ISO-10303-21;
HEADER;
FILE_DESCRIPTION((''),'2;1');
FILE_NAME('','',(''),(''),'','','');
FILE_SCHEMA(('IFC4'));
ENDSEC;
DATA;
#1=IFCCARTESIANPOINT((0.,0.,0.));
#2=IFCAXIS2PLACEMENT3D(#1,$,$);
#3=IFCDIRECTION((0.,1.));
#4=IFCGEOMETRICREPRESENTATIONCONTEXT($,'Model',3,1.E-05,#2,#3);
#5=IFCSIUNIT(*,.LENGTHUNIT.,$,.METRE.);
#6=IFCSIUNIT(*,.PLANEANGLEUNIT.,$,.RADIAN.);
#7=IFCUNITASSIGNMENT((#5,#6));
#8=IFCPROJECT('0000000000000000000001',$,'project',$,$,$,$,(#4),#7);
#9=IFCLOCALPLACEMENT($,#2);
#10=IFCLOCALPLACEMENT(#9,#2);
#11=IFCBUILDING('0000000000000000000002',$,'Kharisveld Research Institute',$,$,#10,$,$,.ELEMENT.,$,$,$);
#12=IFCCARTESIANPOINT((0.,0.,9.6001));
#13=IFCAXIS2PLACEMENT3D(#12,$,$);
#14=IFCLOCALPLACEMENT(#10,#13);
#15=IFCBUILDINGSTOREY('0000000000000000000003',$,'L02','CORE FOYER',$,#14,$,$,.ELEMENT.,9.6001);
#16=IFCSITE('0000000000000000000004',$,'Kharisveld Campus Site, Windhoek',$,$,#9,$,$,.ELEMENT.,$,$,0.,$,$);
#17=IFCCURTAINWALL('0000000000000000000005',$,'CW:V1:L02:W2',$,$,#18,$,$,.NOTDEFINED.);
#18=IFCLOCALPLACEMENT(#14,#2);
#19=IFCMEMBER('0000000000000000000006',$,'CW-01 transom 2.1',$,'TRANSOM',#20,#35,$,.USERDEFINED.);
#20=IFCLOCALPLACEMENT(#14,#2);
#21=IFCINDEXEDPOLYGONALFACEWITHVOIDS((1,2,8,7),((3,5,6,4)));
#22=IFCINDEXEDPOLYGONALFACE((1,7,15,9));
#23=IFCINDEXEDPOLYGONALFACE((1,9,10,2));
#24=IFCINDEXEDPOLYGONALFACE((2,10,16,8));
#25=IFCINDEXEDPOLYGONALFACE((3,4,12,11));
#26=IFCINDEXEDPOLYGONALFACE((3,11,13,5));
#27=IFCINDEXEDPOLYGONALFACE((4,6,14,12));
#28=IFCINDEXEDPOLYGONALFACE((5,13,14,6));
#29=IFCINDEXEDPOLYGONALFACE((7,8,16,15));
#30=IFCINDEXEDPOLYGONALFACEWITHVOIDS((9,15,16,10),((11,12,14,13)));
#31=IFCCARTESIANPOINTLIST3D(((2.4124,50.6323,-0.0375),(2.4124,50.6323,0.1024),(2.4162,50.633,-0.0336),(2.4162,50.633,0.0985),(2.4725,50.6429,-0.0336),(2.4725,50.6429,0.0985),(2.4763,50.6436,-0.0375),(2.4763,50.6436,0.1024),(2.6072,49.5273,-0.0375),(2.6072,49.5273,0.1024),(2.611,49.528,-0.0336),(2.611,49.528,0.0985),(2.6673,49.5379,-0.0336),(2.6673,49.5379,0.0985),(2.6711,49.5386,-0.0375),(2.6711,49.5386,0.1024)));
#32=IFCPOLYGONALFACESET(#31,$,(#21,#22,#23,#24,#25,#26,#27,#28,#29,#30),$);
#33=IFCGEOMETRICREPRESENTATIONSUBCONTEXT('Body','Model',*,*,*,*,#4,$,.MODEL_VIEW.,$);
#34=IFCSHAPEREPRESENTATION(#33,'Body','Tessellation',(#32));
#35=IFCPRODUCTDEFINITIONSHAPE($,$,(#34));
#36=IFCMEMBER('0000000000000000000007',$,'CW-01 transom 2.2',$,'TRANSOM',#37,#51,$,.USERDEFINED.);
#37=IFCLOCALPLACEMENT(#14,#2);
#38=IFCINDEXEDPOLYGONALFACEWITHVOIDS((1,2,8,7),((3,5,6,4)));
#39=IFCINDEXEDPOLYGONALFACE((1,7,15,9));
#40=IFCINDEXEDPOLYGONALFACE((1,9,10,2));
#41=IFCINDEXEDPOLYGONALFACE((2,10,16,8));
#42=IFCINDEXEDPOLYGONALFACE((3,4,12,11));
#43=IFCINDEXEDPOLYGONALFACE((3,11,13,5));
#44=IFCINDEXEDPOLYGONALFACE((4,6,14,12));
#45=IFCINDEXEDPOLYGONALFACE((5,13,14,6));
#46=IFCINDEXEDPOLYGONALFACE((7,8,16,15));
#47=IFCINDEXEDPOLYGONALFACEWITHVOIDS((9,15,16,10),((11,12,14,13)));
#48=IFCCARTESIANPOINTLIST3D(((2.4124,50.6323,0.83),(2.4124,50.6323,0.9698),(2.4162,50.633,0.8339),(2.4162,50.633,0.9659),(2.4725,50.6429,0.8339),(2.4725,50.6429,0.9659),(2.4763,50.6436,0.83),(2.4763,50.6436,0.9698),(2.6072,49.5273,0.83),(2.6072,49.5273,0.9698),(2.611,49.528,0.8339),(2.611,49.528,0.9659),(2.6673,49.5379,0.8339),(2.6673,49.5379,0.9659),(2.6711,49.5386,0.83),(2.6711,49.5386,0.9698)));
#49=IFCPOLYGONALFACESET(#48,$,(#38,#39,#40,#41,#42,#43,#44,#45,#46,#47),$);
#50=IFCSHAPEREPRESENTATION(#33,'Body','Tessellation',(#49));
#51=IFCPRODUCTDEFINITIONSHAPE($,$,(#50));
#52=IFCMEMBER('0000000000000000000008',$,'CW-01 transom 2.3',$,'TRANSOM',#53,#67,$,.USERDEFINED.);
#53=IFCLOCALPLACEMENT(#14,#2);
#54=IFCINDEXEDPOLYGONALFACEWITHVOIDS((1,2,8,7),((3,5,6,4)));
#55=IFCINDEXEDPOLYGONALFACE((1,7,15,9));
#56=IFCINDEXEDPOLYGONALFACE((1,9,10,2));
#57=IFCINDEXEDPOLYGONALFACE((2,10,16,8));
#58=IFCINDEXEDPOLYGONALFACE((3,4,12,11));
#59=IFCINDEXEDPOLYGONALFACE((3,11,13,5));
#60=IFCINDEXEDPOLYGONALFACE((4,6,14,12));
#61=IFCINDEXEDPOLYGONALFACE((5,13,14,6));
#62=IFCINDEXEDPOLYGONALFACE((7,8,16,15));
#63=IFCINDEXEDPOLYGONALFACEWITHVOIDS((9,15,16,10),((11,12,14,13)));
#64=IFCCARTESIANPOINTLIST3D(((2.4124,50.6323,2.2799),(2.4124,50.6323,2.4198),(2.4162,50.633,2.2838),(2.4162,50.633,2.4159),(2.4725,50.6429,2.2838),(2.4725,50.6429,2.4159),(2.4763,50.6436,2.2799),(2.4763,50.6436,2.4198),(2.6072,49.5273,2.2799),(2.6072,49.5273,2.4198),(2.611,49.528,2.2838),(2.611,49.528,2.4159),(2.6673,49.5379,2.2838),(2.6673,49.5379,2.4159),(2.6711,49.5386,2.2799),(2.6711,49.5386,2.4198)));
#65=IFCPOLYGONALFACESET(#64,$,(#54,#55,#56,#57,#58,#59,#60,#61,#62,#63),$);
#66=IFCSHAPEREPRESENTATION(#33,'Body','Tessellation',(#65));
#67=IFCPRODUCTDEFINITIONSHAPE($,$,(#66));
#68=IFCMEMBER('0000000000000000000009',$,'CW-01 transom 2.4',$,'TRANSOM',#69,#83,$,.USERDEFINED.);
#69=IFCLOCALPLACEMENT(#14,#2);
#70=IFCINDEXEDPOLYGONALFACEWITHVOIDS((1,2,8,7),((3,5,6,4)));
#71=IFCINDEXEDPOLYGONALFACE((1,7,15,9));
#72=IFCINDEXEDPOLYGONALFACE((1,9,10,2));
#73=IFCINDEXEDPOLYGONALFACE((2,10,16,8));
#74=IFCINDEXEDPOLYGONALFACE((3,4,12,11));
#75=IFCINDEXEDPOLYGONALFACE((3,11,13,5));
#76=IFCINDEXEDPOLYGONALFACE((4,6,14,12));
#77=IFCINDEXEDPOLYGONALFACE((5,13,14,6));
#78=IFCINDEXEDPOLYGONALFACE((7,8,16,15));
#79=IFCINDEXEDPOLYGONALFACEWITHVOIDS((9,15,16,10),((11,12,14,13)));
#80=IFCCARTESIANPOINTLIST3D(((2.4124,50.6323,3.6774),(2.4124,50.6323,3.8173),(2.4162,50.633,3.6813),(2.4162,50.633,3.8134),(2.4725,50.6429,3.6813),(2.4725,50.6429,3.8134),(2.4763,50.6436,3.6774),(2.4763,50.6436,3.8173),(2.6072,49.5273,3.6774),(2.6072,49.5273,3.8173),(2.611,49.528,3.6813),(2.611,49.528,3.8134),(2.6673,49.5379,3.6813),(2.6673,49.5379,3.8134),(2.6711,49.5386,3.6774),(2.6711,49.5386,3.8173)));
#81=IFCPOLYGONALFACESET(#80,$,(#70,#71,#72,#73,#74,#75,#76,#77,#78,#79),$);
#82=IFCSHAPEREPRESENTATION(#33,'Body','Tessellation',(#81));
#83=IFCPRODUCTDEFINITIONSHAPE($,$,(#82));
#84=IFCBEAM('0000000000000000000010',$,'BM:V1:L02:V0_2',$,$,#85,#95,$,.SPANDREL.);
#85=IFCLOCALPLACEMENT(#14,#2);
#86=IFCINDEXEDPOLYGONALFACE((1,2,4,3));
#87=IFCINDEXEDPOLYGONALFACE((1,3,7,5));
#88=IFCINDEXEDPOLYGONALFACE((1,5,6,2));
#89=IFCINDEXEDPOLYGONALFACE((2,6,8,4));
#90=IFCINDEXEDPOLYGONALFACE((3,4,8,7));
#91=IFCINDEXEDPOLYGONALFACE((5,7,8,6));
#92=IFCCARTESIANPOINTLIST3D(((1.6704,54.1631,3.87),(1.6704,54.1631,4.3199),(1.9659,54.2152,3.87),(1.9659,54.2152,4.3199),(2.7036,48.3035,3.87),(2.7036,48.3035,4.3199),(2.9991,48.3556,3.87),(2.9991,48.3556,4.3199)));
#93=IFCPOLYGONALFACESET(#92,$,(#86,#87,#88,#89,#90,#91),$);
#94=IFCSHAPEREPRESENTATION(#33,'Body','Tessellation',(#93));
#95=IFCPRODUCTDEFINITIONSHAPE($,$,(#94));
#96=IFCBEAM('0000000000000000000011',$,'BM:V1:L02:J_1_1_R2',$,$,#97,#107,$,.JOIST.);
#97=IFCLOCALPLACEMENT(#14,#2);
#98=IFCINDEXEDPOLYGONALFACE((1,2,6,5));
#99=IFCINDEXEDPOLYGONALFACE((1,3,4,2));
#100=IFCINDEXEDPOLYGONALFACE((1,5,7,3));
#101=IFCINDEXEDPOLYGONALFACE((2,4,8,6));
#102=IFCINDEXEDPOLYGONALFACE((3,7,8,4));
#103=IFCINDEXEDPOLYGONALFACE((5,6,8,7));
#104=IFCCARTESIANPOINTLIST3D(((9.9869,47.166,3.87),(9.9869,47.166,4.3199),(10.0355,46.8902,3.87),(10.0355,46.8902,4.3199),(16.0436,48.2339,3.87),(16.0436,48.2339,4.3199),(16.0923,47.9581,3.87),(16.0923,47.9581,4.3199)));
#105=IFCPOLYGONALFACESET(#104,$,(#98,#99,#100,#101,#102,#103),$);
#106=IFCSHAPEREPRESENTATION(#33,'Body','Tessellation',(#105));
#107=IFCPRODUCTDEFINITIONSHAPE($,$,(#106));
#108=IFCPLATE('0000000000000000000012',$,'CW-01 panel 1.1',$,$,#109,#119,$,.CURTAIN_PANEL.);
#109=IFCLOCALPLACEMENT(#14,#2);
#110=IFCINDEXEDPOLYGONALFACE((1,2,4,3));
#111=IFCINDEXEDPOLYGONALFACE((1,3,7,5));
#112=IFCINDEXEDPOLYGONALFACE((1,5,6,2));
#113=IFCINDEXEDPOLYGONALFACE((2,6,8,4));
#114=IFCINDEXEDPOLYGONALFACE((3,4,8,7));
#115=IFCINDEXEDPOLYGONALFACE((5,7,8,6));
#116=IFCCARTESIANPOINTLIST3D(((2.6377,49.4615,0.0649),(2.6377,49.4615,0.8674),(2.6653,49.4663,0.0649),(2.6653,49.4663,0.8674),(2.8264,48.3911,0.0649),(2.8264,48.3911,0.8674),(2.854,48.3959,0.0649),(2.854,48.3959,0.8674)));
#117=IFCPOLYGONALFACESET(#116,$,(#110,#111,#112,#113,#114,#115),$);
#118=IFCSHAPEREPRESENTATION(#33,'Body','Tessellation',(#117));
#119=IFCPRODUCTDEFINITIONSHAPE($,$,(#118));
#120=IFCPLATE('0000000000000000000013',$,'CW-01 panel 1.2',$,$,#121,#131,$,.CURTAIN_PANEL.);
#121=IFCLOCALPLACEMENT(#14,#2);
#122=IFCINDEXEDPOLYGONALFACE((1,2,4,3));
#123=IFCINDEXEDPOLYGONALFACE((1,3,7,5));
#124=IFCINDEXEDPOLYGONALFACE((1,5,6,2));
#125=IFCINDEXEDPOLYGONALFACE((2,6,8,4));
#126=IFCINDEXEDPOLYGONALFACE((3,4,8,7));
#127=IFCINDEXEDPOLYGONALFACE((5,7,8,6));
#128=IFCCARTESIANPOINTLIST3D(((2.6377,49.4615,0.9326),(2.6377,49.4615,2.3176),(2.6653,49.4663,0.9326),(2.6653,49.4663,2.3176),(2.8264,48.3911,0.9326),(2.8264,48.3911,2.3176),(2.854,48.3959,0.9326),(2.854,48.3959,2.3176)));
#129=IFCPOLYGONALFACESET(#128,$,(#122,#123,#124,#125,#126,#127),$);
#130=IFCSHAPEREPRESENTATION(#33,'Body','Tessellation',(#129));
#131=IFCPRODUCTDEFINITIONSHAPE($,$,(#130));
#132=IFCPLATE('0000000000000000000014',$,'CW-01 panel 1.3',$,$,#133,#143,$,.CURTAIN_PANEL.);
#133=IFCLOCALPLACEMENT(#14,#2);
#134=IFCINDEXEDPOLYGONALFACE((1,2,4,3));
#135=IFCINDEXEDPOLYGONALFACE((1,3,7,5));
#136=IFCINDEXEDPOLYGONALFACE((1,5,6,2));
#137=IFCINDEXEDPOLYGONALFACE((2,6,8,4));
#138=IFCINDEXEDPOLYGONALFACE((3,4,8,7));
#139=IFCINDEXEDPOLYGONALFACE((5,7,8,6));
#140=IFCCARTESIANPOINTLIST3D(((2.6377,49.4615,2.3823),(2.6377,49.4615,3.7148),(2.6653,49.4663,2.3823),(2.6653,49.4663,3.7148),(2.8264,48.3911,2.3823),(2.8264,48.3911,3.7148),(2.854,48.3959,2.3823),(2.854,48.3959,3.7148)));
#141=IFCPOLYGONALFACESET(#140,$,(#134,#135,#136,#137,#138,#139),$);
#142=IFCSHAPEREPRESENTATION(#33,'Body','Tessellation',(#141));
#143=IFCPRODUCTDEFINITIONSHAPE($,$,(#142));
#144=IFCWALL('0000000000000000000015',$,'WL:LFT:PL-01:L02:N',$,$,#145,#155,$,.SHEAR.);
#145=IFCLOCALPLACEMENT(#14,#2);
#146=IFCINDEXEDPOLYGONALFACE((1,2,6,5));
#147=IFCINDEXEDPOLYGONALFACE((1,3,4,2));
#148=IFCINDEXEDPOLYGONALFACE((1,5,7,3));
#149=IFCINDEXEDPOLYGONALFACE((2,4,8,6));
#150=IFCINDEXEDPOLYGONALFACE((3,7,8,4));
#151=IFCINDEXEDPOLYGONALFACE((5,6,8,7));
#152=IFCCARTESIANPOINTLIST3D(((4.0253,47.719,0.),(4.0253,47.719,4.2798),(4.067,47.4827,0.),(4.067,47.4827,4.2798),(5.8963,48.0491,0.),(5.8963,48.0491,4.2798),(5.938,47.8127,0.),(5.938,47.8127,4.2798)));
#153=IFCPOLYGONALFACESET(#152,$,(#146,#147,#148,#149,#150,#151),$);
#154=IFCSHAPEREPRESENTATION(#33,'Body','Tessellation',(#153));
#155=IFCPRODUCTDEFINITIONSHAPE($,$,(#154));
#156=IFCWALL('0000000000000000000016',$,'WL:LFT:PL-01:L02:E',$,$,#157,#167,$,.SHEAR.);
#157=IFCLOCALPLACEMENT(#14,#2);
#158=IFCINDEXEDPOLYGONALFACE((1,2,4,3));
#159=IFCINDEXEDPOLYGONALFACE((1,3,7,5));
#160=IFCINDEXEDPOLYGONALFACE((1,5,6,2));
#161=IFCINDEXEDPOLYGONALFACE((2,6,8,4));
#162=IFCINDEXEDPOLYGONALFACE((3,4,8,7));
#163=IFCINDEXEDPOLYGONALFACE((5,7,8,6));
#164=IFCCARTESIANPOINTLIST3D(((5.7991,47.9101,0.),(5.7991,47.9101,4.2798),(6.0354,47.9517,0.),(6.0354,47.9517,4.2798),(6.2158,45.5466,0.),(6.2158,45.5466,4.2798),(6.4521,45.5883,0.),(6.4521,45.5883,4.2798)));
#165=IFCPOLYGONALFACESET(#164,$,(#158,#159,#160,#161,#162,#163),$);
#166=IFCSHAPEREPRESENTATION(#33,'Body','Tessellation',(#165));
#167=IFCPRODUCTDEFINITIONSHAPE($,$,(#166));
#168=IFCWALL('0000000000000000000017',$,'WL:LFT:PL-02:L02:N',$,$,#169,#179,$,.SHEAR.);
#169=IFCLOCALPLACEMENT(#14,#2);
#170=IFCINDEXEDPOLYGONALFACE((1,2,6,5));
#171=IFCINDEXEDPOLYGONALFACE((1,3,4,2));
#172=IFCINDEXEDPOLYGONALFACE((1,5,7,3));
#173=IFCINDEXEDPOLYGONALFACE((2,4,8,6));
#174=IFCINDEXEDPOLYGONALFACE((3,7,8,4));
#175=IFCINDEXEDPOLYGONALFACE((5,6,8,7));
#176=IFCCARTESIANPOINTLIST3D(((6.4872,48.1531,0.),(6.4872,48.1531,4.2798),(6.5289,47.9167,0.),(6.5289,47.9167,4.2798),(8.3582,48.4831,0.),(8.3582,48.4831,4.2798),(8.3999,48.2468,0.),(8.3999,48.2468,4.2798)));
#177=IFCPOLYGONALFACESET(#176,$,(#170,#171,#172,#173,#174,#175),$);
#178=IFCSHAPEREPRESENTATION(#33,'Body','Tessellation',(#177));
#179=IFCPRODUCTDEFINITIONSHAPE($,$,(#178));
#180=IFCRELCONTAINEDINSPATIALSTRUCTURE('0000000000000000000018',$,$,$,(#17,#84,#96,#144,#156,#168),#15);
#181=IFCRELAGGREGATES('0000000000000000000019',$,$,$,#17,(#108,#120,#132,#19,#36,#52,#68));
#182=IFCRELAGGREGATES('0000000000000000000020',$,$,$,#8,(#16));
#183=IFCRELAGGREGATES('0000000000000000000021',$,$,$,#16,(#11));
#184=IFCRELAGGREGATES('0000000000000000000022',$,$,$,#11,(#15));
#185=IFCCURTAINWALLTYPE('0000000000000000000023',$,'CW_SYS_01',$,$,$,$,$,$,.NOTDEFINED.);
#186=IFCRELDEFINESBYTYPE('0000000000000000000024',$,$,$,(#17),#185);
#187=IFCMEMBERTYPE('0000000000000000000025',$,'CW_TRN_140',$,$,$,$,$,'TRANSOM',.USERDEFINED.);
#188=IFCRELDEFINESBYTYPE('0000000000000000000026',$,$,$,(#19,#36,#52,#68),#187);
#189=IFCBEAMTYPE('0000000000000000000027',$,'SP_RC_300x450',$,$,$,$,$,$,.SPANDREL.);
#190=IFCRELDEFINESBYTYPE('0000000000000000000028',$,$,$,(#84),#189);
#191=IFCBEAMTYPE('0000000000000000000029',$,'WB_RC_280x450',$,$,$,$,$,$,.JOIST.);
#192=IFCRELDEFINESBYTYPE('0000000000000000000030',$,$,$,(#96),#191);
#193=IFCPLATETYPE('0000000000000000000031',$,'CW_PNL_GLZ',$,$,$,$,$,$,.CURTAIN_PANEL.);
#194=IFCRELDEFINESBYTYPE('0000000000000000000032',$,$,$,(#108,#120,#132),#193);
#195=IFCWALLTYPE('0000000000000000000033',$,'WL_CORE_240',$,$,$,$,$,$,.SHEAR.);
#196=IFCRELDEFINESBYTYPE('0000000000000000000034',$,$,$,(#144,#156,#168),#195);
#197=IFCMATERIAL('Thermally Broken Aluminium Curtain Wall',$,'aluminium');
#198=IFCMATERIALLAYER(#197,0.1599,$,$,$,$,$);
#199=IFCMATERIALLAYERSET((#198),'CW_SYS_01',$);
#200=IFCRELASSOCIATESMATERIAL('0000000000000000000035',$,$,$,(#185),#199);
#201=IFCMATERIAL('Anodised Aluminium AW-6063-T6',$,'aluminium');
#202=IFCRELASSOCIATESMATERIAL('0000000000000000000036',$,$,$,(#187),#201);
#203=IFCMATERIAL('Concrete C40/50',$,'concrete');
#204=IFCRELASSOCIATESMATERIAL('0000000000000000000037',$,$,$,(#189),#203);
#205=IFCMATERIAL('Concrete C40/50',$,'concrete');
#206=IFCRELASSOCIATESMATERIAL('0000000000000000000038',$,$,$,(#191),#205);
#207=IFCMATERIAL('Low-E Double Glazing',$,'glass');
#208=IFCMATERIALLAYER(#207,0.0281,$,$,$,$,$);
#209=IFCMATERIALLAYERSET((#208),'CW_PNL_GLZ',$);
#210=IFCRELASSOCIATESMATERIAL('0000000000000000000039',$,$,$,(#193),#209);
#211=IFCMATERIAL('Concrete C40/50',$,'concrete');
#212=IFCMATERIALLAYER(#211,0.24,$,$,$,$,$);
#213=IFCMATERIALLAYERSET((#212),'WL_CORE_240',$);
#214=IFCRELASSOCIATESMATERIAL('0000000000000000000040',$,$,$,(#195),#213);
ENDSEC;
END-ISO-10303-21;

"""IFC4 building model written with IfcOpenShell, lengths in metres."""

from ifc_helpers import new_model, si_unit, direction, frame, frame_2d, origin, origin_2d, place, context, subcontext, project, spatial, rectangle, hollow_rectangle, extrude, material, layer, layer_set, material_profile, profile_set, type_object, element, aggregate, save


model = new_model("IFC4")

# Units and contexts
model_context = context("Model", 3, precision=1e-05, world=origin(), true_north=direction((0.0, 1.0)))
body_context = subcontext(model_context, "Body", "Model", "MODEL_VIEW")
ifc_project = project(units=[si_unit("LENGTHUNIT", "METRE"), si_unit("PLANEANGLEUNIT", "RADIAN")], contexts=[model_context])

# Site, building, storey
site_placement = place(None, origin())
site = spatial("IfcSite", under=ifc_project, at=site_placement, Name="Kharisveld Campus Site, Windhoek", CompositionType="ELEMENT", RefElevation=0.0)
building_placement = place(site_placement, origin())
building = spatial("IfcBuilding", under=site, at=building_placement, Name="Kharisveld Research Institute", CompositionType="ELEMENT")
storey_placement = place(building_placement, frame((0.0, 0.0, 9.6001)))
storey = spatial("IfcBuildingStorey", under=building, at=storey_placement, Name="L02", Description="CORE FOYER", CompositionType="ELEMENT", Elevation=9.6001)

# Curtain wall, members
ifc_material_1 = material(Name="Thermally Broken Aluminium Curtain Wall", Category="aluminium")
ifc_layer_1 = layer(ifc_material_1, 0.1599)
ifc_layer_set_1 = layer_set([ifc_layer_1], Name="CW_SYS_01")
curtain_wall_type = type_object("IfcCurtainWallType", Name="CW_SYS_01", PredefinedType="NOTDEFINED", material=ifc_layer_set_1)
curtain_wall_placement = place(storey_placement, origin())
curtain_wall = element("IfcCurtainWall", 1, at=curtain_wall_placement, inside=storey, type_object=curtain_wall_type, Name="CW:V1:L02:W2", PredefinedType="NOTDEFINED")
ifc_material_2 = material(Name="Anodised Aluminium AW-6063-T6", Category="aluminium")
ifc_material_profile_1 = material_profile(ifc_material_2, hollow_rectangle(XDim=0.0649, YDim=0.1399, WallThickness=0.0039, at=origin_2d()))
ifc_profile_set_1 = profile_set([ifc_material_profile_1], Name="Anodised Aluminium AW-6063-T6")
member_type_1 = type_object("IfcMemberType", Name="CW_TRN_140", ElementType="TRANSOM", PredefinedType="USERDEFINED", material=ifc_profile_set_1)
member_1_placement = place(storey_placement, frame((2.6392, 49.533, 0.0325), z_axis=(-0.173636, 0.98481, 0.0), x_axis=(-0.98481, -0.173636, 0.0)))
member_1 = element("IfcMember", 2, at=member_1_placement, type_object=member_type_1, Name="CW-01 transom 2.1", ObjectType="TRANSOM", PredefinedType="USERDEFINED", context=body_context, shape_type="SweptSolid", body=[
    extrude(hollow_rectangle(XDim=0.0649, YDim=0.1399, WallThickness=0.0039, at=origin_2d()), origin(), (0.0, 0.0, 1.0), 1.1221),
])
member_2_placement = place(storey_placement, frame((2.6392, 49.533, 0.8999), z_axis=(-0.173636, 0.98481, 0.0), x_axis=(-0.98481, -0.173636, 0.0)))
member_2 = element("IfcMember", 3, at=member_2_placement, type_object=member_type_1, Name="CW-01 transom 2.2", ObjectType="TRANSOM", PredefinedType="USERDEFINED", context=body_context, shape_type="SweptSolid", body=[
    extrude(hollow_rectangle(XDim=0.0649, YDim=0.1399, WallThickness=0.0039, at=origin_2d()), origin(), (0.0, 0.0, 1.0), 1.1221),
])
member_3_placement = place(storey_placement, frame((2.6392, 49.533, 2.3499), z_axis=(-0.173636, 0.98481, 0.0), x_axis=(-0.98481, -0.173636, 0.0)))
member_3 = element("IfcMember", 4, at=member_3_placement, type_object=member_type_1, Name="CW-01 transom 2.3", ObjectType="TRANSOM", PredefinedType="USERDEFINED", context=body_context, shape_type="SweptSolid", body=[
    extrude(hollow_rectangle(XDim=0.0649, YDim=0.1399, WallThickness=0.0039, at=origin_2d()), origin(), (0.0, 0.0, 1.0), 1.1221),
])
member_4_placement = place(storey_placement, frame((2.6392, 49.533, 3.7473), z_axis=(-0.173636, 0.98481, 0.0), x_axis=(-0.98481, -0.173636, 0.0)))
member_4 = element("IfcMember", 5, at=member_4_placement, type_object=member_type_1, Name="CW-01 transom 2.4", ObjectType="TRANSOM", PredefinedType="USERDEFINED", context=body_context, shape_type="SweptSolid", body=[
    extrude(hollow_rectangle(XDim=0.0649, YDim=0.1399, WallThickness=0.0039, at=origin_2d()), origin(), (0.0, 0.0, 1.0), 1.1221),
])

# Beams
ifc_material_3 = material(Name="Concrete C40/50", Category="concrete")
ifc_material_profile_2 = material_profile(ifc_material_3, rectangle(XDim=0.3, YDim=0.45, at=origin_2d()))
ifc_profile_set_2 = profile_set([ifc_material_profile_2], Name="Concrete C40/50")
beam_type_1 = type_object("IfcBeamType", Name="SP_RC_300x450", PredefinedType="SPANDREL", material=ifc_profile_set_2)
beam_1_placement = place(storey_placement, frame((2.8513, 48.3296, 4.095), z_axis=(-0.173647, 0.984808, 0.0), x_axis=(-0.984808, -0.173647, 0.0)))
element("IfcBeam", 6, at=beam_1_placement, inside=storey, type_object=beam_type_1, Name="BM:V1:L02:V0_2", PredefinedType="SPANDREL", context=body_context, shape_type="SweptSolid", body=[
    extrude(rectangle(XDim=0.3, YDim=0.45, at=origin_2d()), origin(), (0.0, 0.0, 1.0), 5.95),
])
ifc_material_4 = material(Name="Concrete C40/50", Category="concrete")
ifc_material_profile_3 = material_profile(ifc_material_4, rectangle(XDim=0.28, YDim=0.45, at=origin_2d()))
ifc_profile_set_3 = profile_set([ifc_material_profile_3], Name="Concrete C40/50")
beam_type_2 = type_object("IfcBeamType", Name="WB_RC_280x450", PredefinedType="JOIST", material=ifc_profile_set_3)
beam_2_placement = place(storey_placement, frame((10.0112, 47.0281, 4.095), z_axis=(0.98481, 0.173636, 0.0), x_axis=(-0.173636, 0.98481, 0.0)))
element("IfcBeam", 7, at=beam_2_placement, inside=storey, type_object=beam_type_2, Name="BM:V1:L02:J_1_1_R2", PredefinedType="JOIST", context=body_context, shape_type="SweptSolid", body=[
    extrude(rectangle(XDim=0.28, YDim=0.45, at=origin_2d()), origin(), (0.0, 0.0, 1.0), 6.1501),
])

# Plates
ifc_material_5 = material(Name="Low-E Double Glazing", Category="glass")
ifc_layer_2 = layer(ifc_material_5, 0.0281)
ifc_layer_set_2 = layer_set([ifc_layer_2], Name="CW_PNL_GLZ")
plate_type = type_object("IfcPlateType", Name="CW_PNL_GLZ", PredefinedType="CURTAIN_PANEL", material=ifc_layer_set_2)
plate_1_placement = place(storey_placement, frame((2.7458, 48.9287, 0.0649), z_axis=(0.0, 0.0, 1.0), x_axis=(-0.173648, 0.984808, 0.0)))
plate_1 = element("IfcPlate", 8, at=plate_1_placement, type_object=plate_type, Name="CW-01 panel 1.1", PredefinedType="CURTAIN_PANEL", context=body_context, shape_type="SweptSolid", body=[
    extrude(rectangle(XDim=1.0869, YDim=0.0281, at=origin_2d()), origin(), (0.0, 0.0, 1.0), 0.8025),
])
plate_2_placement = place(storey_placement, frame((2.7458, 48.9287, 0.9326), z_axis=(0.0, 0.0, 1.0), x_axis=(-0.173648, 0.984808, 0.0)))
plate_2 = element("IfcPlate", 9, at=plate_2_placement, type_object=plate_type, Name="CW-01 panel 1.2", PredefinedType="CURTAIN_PANEL", context=body_context, shape_type="SweptSolid", body=[
    extrude(rectangle(XDim=1.0869, YDim=0.0281, at=origin_2d()), origin(), (0.0, 0.0, 1.0), 1.385),
])
plate_3_placement = place(storey_placement, frame((2.7458, 48.9287, 2.3823), z_axis=(0.0, 0.0, 1.0), x_axis=(-0.173648, 0.984808, 0.0)))
plate_3 = element("IfcPlate", 10, at=plate_3_placement, type_object=plate_type, Name="CW-01 panel 1.3", PredefinedType="CURTAIN_PANEL", context=body_context, shape_type="SweptSolid", body=[
    extrude(rectangle(XDim=1.0869, YDim=0.0281, at=origin_2d()), origin(), (0.0, 0.0, 1.0), 1.3325),
])
aggregate(curtain_wall, [plate_1, plate_2, plate_3, member_1, member_2, member_3, member_4])

# Walls
ifc_material_6 = material(Name="Concrete C40/50", Category="concrete")
ifc_layer_3 = layer(ifc_material_6, 0.24)
ifc_layer_set_3 = layer_set([ifc_layer_3], Name="WL_CORE_240")
wall_type_1 = type_object("IfcWallType", Name="WL_CORE_240", PredefinedType="SHEAR", material=ifc_layer_set_3)
wall_1_placement = place(storey_placement, frame((4.0461, 47.6008, 0.0), z_axis=(0.0, 0.0, 1.0), x_axis=(0.984794, 0.173727, 0.0)))
element("IfcWall", 11, at=wall_1_placement, inside=storey, type_object=wall_type_1, Name="WL:LFT:PL-01:L02:N", PredefinedType="SHEAR", context=body_context, shape_type="SweptSolid", body=[
    extrude(rectangle(XDim=1.8999, YDim=0.24, at=frame_2d((0.95, 0.0))), origin(), (0.0, 0.0, 1.0), 4.2798),
])
wall_2_placement = place(storey_placement, frame((5.9172, 47.9309, 0.0), z_axis=(0.0, 0.0, 1.0), x_axis=(0.173646, -0.984808, 0.0)))
element("IfcWall", 12, at=wall_2_placement, inside=storey, type_object=wall_type_1, Name="WL:LFT:PL-01:L02:E", PredefinedType="SHEAR", context=body_context, shape_type="SweptSolid", body=[
    extrude(rectangle(XDim=2.3999, YDim=0.24, at=frame_2d((1.2, 0.0))), origin(), (0.0, 0.0, 1.0), 4.2798),
])
wall_3_placement = place(storey_placement, frame((6.5081, 48.0349, 0.0), z_axis=(0.0, 0.0, 1.0), x_axis=(0.984794, 0.173727, 0.0)))
element("IfcWall", 13, at=wall_3_placement, inside=storey, type_object=wall_type_1, Name="WL:LFT:PL-02:L02:N", PredefinedType="SHEAR", context=body_context, shape_type="SweptSolid", body=[
    extrude(rectangle(XDim=1.8999, YDim=0.24, at=frame_2d((0.95, 0.0))), origin(), (0.0, 0.0, 1.0), 4.2798),
])

save(model, "model.ifc")
